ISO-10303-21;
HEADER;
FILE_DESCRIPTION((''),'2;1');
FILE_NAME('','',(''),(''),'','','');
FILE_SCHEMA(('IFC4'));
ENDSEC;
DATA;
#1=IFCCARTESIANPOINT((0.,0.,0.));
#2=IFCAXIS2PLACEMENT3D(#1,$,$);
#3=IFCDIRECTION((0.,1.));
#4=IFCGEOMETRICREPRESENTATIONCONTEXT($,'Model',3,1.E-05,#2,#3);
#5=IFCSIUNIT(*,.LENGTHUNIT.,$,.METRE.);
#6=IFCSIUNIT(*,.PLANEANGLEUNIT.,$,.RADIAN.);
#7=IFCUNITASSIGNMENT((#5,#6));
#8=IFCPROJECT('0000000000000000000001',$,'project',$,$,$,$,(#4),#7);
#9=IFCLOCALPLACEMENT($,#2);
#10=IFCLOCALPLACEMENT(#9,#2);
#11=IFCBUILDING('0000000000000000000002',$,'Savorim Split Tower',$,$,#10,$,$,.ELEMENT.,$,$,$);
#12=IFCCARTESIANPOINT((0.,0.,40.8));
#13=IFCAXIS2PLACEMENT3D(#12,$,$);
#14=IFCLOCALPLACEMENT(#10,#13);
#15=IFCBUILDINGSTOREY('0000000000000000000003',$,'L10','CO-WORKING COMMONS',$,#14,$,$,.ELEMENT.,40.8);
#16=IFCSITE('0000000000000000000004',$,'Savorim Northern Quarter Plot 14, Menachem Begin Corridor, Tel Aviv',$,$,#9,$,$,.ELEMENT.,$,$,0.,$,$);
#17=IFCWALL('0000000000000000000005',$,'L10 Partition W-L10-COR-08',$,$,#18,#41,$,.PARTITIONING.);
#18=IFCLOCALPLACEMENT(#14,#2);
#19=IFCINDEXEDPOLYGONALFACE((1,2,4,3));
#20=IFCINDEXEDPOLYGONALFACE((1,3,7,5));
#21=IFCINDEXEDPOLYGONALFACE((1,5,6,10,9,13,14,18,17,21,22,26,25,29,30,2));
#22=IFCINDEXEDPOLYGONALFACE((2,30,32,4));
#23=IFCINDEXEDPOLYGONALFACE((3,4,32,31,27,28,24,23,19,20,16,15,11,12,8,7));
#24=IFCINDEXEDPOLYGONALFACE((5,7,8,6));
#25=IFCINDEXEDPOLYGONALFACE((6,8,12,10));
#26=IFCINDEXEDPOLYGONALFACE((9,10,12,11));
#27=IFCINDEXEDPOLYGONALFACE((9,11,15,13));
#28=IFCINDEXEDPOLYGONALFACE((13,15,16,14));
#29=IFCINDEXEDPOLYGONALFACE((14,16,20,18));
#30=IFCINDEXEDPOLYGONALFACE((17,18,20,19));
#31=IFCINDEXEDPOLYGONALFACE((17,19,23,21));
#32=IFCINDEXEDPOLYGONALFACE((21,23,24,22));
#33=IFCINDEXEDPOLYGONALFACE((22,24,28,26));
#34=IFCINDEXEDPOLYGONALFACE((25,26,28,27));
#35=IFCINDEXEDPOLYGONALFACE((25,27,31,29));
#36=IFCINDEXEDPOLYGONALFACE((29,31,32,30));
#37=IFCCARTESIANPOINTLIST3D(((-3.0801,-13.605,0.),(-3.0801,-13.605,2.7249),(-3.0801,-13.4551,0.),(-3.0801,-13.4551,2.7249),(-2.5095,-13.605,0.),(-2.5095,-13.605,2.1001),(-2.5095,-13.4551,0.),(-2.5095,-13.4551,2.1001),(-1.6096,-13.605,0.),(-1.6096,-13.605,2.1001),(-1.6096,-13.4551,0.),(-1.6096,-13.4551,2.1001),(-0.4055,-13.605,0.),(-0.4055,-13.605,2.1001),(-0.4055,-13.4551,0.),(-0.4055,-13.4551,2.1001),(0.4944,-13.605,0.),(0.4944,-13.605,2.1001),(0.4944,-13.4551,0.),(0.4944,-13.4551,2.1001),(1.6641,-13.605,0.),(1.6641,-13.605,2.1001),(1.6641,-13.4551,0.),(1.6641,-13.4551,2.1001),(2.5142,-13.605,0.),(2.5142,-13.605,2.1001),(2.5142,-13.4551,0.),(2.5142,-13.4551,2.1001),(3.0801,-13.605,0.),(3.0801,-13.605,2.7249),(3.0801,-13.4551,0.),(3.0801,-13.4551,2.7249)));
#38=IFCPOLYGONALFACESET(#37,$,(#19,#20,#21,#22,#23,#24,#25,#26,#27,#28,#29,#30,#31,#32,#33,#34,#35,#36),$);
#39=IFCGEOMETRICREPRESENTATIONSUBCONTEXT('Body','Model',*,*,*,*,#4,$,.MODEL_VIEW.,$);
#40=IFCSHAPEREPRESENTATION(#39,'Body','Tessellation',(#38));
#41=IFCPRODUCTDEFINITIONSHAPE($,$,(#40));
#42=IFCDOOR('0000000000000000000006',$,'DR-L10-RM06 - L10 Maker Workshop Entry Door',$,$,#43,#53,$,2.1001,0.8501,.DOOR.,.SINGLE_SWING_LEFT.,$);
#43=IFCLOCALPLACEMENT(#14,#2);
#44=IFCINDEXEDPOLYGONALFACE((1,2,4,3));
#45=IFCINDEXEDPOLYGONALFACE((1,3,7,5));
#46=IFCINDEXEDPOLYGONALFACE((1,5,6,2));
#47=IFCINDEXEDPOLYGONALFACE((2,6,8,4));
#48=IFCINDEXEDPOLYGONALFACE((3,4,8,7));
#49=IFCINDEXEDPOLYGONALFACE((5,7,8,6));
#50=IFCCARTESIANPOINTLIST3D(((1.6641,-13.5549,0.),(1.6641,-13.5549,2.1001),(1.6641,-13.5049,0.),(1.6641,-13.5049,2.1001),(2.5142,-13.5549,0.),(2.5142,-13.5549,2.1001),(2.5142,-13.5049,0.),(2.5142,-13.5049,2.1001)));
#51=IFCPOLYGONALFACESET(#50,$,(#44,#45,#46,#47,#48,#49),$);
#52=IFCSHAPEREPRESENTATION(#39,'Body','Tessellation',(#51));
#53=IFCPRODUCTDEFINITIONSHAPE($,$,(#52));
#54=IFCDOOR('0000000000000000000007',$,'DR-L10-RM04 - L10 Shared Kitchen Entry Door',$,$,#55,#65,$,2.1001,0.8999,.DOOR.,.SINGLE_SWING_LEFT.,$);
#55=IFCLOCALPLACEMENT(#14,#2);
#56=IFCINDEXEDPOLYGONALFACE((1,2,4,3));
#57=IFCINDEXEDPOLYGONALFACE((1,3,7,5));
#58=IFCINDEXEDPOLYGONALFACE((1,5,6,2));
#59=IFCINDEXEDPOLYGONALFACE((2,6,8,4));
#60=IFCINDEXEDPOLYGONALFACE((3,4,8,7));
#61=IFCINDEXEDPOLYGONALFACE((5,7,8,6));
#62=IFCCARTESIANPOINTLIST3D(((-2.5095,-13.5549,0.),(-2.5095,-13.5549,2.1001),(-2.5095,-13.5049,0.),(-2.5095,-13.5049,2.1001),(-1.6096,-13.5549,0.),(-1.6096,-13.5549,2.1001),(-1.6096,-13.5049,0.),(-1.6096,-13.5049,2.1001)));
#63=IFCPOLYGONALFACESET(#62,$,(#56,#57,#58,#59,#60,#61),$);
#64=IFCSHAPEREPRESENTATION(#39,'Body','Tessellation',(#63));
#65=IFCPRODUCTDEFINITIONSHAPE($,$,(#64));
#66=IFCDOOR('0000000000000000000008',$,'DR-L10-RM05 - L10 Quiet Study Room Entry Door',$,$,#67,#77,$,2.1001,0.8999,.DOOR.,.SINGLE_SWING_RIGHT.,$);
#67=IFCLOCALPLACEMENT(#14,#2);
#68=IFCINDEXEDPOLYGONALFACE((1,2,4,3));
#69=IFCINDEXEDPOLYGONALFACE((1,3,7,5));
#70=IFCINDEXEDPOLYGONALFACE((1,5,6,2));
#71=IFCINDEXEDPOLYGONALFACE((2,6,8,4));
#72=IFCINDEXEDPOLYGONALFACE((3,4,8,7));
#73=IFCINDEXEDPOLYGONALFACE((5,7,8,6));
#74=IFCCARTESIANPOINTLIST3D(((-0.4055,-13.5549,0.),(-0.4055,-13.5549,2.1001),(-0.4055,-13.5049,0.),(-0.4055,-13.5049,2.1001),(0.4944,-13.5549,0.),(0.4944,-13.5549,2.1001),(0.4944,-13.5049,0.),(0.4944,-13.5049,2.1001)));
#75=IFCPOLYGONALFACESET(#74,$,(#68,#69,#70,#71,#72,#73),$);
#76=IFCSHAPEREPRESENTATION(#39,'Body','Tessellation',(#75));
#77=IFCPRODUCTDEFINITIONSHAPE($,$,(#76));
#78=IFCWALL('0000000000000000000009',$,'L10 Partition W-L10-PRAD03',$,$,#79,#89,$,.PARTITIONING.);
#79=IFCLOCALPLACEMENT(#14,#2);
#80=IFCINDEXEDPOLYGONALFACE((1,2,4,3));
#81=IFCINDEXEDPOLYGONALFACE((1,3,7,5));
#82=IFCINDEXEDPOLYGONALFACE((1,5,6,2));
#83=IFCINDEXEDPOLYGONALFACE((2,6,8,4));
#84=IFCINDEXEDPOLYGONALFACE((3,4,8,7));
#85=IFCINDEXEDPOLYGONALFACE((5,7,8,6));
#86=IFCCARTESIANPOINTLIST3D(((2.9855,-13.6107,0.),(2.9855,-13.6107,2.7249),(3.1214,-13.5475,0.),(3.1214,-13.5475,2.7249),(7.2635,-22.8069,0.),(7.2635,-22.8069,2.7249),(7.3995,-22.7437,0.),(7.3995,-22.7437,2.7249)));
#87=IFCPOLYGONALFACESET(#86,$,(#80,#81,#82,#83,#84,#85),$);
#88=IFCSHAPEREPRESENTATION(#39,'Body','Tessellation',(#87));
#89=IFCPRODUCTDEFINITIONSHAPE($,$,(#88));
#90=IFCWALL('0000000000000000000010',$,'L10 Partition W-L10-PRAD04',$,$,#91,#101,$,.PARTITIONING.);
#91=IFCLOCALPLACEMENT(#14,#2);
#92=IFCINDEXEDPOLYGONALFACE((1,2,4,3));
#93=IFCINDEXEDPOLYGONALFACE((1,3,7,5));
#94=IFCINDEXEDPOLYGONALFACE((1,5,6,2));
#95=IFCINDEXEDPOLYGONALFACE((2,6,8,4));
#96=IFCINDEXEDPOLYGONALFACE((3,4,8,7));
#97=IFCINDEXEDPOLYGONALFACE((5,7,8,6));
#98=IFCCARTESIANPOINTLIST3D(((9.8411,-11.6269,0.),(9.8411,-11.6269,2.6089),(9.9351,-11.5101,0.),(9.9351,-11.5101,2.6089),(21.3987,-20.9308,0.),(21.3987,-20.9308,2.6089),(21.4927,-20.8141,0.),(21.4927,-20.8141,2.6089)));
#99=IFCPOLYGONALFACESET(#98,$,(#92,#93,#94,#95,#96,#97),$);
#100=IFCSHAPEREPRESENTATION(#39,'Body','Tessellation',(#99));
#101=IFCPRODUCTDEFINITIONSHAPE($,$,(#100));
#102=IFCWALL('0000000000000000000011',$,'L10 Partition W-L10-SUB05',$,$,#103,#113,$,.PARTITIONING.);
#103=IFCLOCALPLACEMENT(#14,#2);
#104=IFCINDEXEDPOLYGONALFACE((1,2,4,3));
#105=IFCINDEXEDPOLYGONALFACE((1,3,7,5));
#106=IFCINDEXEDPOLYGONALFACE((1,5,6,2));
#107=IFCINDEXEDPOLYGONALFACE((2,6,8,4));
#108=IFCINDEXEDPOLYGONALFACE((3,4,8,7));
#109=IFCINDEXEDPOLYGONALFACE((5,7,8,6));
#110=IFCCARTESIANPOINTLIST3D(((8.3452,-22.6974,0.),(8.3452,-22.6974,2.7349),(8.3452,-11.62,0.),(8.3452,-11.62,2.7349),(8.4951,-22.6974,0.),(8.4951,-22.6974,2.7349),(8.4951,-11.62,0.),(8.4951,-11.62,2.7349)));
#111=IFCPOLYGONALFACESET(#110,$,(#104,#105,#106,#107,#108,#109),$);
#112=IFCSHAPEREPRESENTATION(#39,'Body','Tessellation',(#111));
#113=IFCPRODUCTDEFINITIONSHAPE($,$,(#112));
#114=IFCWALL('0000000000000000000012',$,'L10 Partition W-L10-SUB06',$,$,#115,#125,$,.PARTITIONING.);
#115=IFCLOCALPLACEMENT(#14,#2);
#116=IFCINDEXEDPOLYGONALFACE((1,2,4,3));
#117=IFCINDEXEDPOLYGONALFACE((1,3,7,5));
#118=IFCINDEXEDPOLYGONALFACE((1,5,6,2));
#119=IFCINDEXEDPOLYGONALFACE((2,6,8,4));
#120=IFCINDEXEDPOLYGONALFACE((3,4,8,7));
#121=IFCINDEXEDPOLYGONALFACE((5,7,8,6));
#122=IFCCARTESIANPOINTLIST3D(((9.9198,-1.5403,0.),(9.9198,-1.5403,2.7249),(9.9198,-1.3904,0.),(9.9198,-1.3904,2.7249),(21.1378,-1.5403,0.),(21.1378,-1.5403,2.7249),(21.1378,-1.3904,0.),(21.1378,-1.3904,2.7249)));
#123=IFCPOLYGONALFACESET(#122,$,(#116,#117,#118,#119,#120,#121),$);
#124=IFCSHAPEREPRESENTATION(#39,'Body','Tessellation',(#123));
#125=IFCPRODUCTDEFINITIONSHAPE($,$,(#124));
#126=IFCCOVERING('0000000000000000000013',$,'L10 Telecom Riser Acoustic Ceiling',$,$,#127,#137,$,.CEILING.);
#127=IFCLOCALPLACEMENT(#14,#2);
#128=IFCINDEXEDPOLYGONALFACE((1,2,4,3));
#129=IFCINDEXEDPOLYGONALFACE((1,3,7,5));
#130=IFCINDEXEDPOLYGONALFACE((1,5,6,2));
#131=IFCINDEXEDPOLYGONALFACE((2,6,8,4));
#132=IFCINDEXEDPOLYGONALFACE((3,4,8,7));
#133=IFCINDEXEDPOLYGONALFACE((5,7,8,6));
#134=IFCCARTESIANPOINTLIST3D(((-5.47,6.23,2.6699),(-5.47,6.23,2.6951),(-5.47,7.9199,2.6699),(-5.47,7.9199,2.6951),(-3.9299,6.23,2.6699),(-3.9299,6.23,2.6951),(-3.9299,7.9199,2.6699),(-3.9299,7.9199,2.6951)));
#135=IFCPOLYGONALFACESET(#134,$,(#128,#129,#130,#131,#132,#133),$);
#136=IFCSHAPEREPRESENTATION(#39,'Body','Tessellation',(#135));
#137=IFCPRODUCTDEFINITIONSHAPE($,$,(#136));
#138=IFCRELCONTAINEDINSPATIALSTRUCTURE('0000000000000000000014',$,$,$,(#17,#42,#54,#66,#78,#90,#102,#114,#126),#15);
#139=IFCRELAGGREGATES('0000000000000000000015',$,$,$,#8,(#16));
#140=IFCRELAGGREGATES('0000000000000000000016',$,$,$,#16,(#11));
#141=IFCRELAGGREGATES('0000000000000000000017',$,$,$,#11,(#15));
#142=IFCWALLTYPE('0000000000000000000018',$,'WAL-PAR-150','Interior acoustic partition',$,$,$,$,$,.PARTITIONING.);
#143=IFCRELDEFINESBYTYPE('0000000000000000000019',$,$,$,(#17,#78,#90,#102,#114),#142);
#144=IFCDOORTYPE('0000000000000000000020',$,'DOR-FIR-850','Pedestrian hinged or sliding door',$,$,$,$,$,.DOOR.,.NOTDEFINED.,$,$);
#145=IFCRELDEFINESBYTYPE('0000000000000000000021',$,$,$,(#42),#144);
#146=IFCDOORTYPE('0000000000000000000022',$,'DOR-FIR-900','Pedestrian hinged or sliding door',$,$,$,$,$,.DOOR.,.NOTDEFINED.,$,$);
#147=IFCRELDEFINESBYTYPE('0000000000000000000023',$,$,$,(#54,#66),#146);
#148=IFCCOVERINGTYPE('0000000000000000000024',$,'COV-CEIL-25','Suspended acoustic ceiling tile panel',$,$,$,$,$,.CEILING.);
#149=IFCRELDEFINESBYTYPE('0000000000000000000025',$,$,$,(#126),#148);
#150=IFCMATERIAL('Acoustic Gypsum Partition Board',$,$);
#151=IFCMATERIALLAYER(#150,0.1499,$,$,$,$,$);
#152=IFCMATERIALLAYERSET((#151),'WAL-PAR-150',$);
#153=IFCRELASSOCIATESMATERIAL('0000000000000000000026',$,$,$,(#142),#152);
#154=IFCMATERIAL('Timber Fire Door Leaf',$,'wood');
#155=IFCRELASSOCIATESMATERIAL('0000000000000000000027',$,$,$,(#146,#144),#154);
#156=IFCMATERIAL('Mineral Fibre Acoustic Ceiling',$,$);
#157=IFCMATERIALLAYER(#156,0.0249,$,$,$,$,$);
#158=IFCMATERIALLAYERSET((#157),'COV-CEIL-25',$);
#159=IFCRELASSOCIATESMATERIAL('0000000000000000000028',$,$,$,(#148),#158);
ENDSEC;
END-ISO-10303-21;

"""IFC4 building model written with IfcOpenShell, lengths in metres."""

from ifc_helpers import new_model, si_unit, direction, frame, frame_2d, origin, place, context, subcontext, project, spatial, polyline, rectangle, outline, extrude, material, layer, layer_set, type_object, element, fill, save


model = new_model("IFC4")

# Units and contexts
model_context = context("Model", 3, precision=1e-05, world=origin(), true_north=direction((0.0, 1.0)))
body_context = subcontext(model_context, "Body", "Model", "MODEL_VIEW")
ifc_project = project(units=[si_unit("LENGTHUNIT", "METRE"), si_unit("PLANEANGLEUNIT", "RADIAN")], contexts=[model_context])

# Site, building, storey
site_placement = place(None, origin())
site = spatial("IfcSite", under=ifc_project, at=site_placement, Name="Savorim Northern Quarter Plot 14, Menachem Begin Corridor, Tel Aviv", CompositionType="ELEMENT", RefElevation=0.0)
building_placement = place(site_placement, origin())
building = spatial("IfcBuilding", under=site, at=building_placement, Name="Savorim Split Tower", CompositionType="ELEMENT")
storey_placement = place(building_placement, frame((0.0, 0.0, 40.8)))
storey = spatial("IfcBuildingStorey", under=building, at=storey_placement, Name="L10", Description="CO-WORKING COMMONS", CompositionType="ELEMENT", Elevation=40.8)

# Shared definitions
ifc_material_1 = material(Name="Acoustic Gypsum Partition Board")
ifc_layer_1 = layer(ifc_material_1, 0.1499)
ifc_layer_set_1 = layer_set([ifc_layer_1], Name="WAL-PAR-150")
wall_type_1 = type_object("IfcWallType", Name="WAL-PAR-150", Description="Interior acoustic partition", PredefinedType="PARTITIONING", material=ifc_layer_set_1)

# Shared definitions
ifc_material_2 = material(Name="Timber Fire Door Leaf", Category="wood")
door_type_1 = type_object("IfcDoorType", Name="DOR-FIR-900", Description="Pedestrian hinged or sliding door", OperationType="NOTDEFINED", PredefinedType="DOOR", material=ifc_material_2)

# Shared definitions
door_type_2 = type_object("IfcDoorType", Name="DOR-FIR-850", Description="Pedestrian hinged or sliding door", OperationType="NOTDEFINED", PredefinedType="DOOR", material=ifc_material_2)

# Wall, openings, doors
wall_1_placement = place(storey_placement, frame((3.0801, -13.53, 0.0), z_axis=(0.0, 0.0, 1.0), x_axis=(-1.0, 0.0, 0.0)))
wall_1 = element("IfcWall", 1, at=wall_1_placement, inside=storey, type_object=wall_type_1, Name="L10 Partition W-L10-COR-08", PredefinedType="PARTITIONING", context=body_context, shape_type="SweptSolid", body=[
    extrude(rectangle(XDim=6.1602, YDim=0.1499, at=frame_2d((3.0801, 0.0))), origin(), (0.0, 0.0, 1.0), 2.7249),
])
opening_1_placement = place(wall_1_placement, frame((4.6897, 0.0, 0.0)))
opening_1 = element("IfcOpeningElement", 2, at=opening_1_placement, cuts=wall_1, PredefinedType="OPENING", context=body_context, shape_type="SweptSolid", body=[
    extrude(rectangle(XDim=0.8999, YDim=2.1001, at=frame_2d((0.45, 1.05))), frame((0.0, 0.085, 0.0), z_axis=(0.0, -1.0, 0.0), x_axis=(1.0, 0.0, 0.0)), (0.0, 0.0, 1.0), 0.1699),
])
opening_2_placement = place(wall_1_placement, frame((2.5857, 0.0, 0.0)))
opening_2 = element("IfcOpeningElement", 3, at=opening_2_placement, cuts=wall_1, PredefinedType="OPENING", context=body_context, shape_type="SweptSolid", body=[
    extrude(rectangle(XDim=0.8999, YDim=2.1001, at=frame_2d((0.45, 1.05))), frame((0.0, 0.085, 0.0), z_axis=(0.0, -1.0, 0.0), x_axis=(1.0, 0.0, 0.0)), (0.0, 0.0, 1.0), 0.1699),
])
opening_3_placement = place(wall_1_placement, frame((0.5659, 0.0, 0.0)))
opening_3 = element("IfcOpeningElement", 4, at=opening_3_placement, cuts=wall_1, PredefinedType="OPENING", context=body_context, shape_type="SweptSolid", body=[
    extrude(rectangle(XDim=0.8501, YDim=2.1001, at=frame_2d((0.425, 1.05))), frame((0.0, 0.085, 0.0), z_axis=(0.0, -1.0, 0.0), x_axis=(1.0, 0.0, 0.0)), (0.0, 0.0, 1.0), 0.1699),
])
door_1_placement = place(opening_3_placement, origin())
door_1 = element("IfcDoor", 5, at=door_1_placement, inside=storey, type_object=door_type_2, Name="DR-L10-RM06 - L10 Maker Workshop Entry Door", OperationType="SINGLE_SWING_LEFT", OverallHeight=2.1001, OverallWidth=0.8501, PredefinedType="DOOR", context=body_context, shape_type="SweptSolid", body=[
    extrude(rectangle(XDim=0.8501, YDim=2.1001, at=frame_2d((0.425, 1.05))), frame((0.0, 0.0249, 0.0), z_axis=(0.0, -1.0, 0.0), x_axis=(1.0, 0.0, 0.0)), (0.0, 0.0, 1.0), 0.05),
])
fill(opening_3, door_1)
door_2_placement = place(opening_1_placement, origin())
door_2 = element("IfcDoor", 6, at=door_2_placement, inside=storey, type_object=door_type_1, Name="DR-L10-RM04 - L10 Shared Kitchen Entry Door", OperationType="SINGLE_SWING_LEFT", OverallHeight=2.1001, OverallWidth=0.8999, PredefinedType="DOOR", context=body_context, shape_type="SweptSolid", body=[
    extrude(rectangle(XDim=0.8999, YDim=2.1001, at=frame_2d((0.45, 1.05))), frame((0.0, 0.0249, 0.0), z_axis=(0.0, -1.0, 0.0), x_axis=(1.0, 0.0, 0.0)), (0.0, 0.0, 1.0), 0.05),
])
fill(opening_1, door_2)
door_3_placement = place(opening_2_placement, origin())
door_3 = element("IfcDoor", 7, at=door_3_placement, inside=storey, type_object=door_type_1, Name="DR-L10-RM05 - L10 Quiet Study Room Entry Door", OperationType="SINGLE_SWING_RIGHT", OverallHeight=2.1001, OverallWidth=0.8999, PredefinedType="DOOR", context=body_context, shape_type="SweptSolid", body=[
    extrude(rectangle(XDim=0.8999, YDim=2.1001, at=frame_2d((0.45, 1.05))), frame((0.0, 0.0249, 0.0), z_axis=(0.0, -1.0, 0.0), x_axis=(1.0, 0.0, 0.0)), (0.0, 0.0, 1.0), 0.05),
])
fill(opening_2, door_3)

# Walls
wall_2_placement = place(storey_placement, frame((3.0535, -13.5791, 0.0), z_axis=(0.0, 0.0, 1.0), x_axis=(0.42179, -0.906693, 0.0)))
element("IfcWall", 8, at=wall_2_placement, inside=storey, type_object=wall_type_1, Name="L10 Partition W-L10-PRAD03", PredefinedType="PARTITIONING", context=body_context, shape_type="SweptSolid", body=[
    extrude(rectangle(XDim=10.1426, YDim=0.1499, at=frame_2d((5.0713, 0.0))), origin(), (0.0, 0.0, 1.0), 2.7249),
])
wall_3_placement = place(storey_placement, frame((9.8882, -11.5686, 0.0), z_axis=(0.0, 0.0, 1.0), x_axis=(0.778963, -0.62707, 0.0)))
element("IfcWall", 9, at=wall_3_placement, inside=storey, type_object=wall_type_1, Name="L10 Partition W-L10-PRAD04", PredefinedType="PARTITIONING", context=body_context, shape_type="SweptSolid", body=[
    extrude(rectangle(XDim=14.8372, YDim=0.1499, at=frame_2d((7.4185, 0.0))), origin(), (0.0, 0.0, 1.0), 2.6089),
])
wall_4_placement = place(storey_placement, frame((8.4202, -11.6201, 0.0), z_axis=(0.0, 0.0, 1.0), x_axis=(0.0, -1.0, 0.0)))
element("IfcWall", 10, at=wall_4_placement, inside=storey, type_object=wall_type_1, Name="L10 Partition W-L10-SUB05", PredefinedType="PARTITIONING", context=body_context, shape_type="SweptSolid", body=[
    extrude(rectangle(XDim=11.0774, YDim=0.1499, at=frame_2d((5.5386, 0.0))), origin(), (0.0, 0.0, 1.0), 2.7349),
])
wall_5_placement = place(storey_placement, frame((9.9199, -1.4653, 0.0), z_axis=(0.0, 0.0, 1.0), x_axis=(1.0, 0.0, 0.0)))
element("IfcWall", 11, at=wall_5_placement, inside=storey, type_object=wall_type_1, Name="L10 Partition W-L10-SUB06", PredefinedType="PARTITIONING", context=body_context, shape_type="SweptSolid", body=[
    extrude(rectangle(XDim=11.218, YDim=0.1499, at=frame_2d((5.6089, 0.0))), origin(), (0.0, 0.0, 1.0), 2.7249),
])

# Covering
ifc_material_3 = material(Name="Mineral Fibre Acoustic Ceiling")
ifc_layer_2 = layer(ifc_material_3, 0.0249)
ifc_layer_set_2 = layer_set([ifc_layer_2], Name="COV-CEIL-25")
covering_type = type_object("IfcCoveringType", Name="COV-CEIL-25", Description="Suspended acoustic ceiling tile panel", PredefinedType="CEILING", material=ifc_layer_set_2)
covering_placement = place(storey_placement, frame((0.0, 0.0, 2.6699)))
element("IfcCovering", 12, at=covering_placement, inside=storey, type_object=covering_type, Name="L10 Telecom Riser Acoustic Ceiling", PredefinedType="CEILING", context=body_context, shape_type="SweptSolid", body=[
    extrude(outline(polyline([(-5.47, 7.9199), (-5.47, 6.23), (-3.9299, 6.23), (-3.9299, 7.9199), (-5.47, 7.9199)])), origin(), (0.0, 0.0, 1.0), 0.0251),
])

save(model, "model.ifc")
